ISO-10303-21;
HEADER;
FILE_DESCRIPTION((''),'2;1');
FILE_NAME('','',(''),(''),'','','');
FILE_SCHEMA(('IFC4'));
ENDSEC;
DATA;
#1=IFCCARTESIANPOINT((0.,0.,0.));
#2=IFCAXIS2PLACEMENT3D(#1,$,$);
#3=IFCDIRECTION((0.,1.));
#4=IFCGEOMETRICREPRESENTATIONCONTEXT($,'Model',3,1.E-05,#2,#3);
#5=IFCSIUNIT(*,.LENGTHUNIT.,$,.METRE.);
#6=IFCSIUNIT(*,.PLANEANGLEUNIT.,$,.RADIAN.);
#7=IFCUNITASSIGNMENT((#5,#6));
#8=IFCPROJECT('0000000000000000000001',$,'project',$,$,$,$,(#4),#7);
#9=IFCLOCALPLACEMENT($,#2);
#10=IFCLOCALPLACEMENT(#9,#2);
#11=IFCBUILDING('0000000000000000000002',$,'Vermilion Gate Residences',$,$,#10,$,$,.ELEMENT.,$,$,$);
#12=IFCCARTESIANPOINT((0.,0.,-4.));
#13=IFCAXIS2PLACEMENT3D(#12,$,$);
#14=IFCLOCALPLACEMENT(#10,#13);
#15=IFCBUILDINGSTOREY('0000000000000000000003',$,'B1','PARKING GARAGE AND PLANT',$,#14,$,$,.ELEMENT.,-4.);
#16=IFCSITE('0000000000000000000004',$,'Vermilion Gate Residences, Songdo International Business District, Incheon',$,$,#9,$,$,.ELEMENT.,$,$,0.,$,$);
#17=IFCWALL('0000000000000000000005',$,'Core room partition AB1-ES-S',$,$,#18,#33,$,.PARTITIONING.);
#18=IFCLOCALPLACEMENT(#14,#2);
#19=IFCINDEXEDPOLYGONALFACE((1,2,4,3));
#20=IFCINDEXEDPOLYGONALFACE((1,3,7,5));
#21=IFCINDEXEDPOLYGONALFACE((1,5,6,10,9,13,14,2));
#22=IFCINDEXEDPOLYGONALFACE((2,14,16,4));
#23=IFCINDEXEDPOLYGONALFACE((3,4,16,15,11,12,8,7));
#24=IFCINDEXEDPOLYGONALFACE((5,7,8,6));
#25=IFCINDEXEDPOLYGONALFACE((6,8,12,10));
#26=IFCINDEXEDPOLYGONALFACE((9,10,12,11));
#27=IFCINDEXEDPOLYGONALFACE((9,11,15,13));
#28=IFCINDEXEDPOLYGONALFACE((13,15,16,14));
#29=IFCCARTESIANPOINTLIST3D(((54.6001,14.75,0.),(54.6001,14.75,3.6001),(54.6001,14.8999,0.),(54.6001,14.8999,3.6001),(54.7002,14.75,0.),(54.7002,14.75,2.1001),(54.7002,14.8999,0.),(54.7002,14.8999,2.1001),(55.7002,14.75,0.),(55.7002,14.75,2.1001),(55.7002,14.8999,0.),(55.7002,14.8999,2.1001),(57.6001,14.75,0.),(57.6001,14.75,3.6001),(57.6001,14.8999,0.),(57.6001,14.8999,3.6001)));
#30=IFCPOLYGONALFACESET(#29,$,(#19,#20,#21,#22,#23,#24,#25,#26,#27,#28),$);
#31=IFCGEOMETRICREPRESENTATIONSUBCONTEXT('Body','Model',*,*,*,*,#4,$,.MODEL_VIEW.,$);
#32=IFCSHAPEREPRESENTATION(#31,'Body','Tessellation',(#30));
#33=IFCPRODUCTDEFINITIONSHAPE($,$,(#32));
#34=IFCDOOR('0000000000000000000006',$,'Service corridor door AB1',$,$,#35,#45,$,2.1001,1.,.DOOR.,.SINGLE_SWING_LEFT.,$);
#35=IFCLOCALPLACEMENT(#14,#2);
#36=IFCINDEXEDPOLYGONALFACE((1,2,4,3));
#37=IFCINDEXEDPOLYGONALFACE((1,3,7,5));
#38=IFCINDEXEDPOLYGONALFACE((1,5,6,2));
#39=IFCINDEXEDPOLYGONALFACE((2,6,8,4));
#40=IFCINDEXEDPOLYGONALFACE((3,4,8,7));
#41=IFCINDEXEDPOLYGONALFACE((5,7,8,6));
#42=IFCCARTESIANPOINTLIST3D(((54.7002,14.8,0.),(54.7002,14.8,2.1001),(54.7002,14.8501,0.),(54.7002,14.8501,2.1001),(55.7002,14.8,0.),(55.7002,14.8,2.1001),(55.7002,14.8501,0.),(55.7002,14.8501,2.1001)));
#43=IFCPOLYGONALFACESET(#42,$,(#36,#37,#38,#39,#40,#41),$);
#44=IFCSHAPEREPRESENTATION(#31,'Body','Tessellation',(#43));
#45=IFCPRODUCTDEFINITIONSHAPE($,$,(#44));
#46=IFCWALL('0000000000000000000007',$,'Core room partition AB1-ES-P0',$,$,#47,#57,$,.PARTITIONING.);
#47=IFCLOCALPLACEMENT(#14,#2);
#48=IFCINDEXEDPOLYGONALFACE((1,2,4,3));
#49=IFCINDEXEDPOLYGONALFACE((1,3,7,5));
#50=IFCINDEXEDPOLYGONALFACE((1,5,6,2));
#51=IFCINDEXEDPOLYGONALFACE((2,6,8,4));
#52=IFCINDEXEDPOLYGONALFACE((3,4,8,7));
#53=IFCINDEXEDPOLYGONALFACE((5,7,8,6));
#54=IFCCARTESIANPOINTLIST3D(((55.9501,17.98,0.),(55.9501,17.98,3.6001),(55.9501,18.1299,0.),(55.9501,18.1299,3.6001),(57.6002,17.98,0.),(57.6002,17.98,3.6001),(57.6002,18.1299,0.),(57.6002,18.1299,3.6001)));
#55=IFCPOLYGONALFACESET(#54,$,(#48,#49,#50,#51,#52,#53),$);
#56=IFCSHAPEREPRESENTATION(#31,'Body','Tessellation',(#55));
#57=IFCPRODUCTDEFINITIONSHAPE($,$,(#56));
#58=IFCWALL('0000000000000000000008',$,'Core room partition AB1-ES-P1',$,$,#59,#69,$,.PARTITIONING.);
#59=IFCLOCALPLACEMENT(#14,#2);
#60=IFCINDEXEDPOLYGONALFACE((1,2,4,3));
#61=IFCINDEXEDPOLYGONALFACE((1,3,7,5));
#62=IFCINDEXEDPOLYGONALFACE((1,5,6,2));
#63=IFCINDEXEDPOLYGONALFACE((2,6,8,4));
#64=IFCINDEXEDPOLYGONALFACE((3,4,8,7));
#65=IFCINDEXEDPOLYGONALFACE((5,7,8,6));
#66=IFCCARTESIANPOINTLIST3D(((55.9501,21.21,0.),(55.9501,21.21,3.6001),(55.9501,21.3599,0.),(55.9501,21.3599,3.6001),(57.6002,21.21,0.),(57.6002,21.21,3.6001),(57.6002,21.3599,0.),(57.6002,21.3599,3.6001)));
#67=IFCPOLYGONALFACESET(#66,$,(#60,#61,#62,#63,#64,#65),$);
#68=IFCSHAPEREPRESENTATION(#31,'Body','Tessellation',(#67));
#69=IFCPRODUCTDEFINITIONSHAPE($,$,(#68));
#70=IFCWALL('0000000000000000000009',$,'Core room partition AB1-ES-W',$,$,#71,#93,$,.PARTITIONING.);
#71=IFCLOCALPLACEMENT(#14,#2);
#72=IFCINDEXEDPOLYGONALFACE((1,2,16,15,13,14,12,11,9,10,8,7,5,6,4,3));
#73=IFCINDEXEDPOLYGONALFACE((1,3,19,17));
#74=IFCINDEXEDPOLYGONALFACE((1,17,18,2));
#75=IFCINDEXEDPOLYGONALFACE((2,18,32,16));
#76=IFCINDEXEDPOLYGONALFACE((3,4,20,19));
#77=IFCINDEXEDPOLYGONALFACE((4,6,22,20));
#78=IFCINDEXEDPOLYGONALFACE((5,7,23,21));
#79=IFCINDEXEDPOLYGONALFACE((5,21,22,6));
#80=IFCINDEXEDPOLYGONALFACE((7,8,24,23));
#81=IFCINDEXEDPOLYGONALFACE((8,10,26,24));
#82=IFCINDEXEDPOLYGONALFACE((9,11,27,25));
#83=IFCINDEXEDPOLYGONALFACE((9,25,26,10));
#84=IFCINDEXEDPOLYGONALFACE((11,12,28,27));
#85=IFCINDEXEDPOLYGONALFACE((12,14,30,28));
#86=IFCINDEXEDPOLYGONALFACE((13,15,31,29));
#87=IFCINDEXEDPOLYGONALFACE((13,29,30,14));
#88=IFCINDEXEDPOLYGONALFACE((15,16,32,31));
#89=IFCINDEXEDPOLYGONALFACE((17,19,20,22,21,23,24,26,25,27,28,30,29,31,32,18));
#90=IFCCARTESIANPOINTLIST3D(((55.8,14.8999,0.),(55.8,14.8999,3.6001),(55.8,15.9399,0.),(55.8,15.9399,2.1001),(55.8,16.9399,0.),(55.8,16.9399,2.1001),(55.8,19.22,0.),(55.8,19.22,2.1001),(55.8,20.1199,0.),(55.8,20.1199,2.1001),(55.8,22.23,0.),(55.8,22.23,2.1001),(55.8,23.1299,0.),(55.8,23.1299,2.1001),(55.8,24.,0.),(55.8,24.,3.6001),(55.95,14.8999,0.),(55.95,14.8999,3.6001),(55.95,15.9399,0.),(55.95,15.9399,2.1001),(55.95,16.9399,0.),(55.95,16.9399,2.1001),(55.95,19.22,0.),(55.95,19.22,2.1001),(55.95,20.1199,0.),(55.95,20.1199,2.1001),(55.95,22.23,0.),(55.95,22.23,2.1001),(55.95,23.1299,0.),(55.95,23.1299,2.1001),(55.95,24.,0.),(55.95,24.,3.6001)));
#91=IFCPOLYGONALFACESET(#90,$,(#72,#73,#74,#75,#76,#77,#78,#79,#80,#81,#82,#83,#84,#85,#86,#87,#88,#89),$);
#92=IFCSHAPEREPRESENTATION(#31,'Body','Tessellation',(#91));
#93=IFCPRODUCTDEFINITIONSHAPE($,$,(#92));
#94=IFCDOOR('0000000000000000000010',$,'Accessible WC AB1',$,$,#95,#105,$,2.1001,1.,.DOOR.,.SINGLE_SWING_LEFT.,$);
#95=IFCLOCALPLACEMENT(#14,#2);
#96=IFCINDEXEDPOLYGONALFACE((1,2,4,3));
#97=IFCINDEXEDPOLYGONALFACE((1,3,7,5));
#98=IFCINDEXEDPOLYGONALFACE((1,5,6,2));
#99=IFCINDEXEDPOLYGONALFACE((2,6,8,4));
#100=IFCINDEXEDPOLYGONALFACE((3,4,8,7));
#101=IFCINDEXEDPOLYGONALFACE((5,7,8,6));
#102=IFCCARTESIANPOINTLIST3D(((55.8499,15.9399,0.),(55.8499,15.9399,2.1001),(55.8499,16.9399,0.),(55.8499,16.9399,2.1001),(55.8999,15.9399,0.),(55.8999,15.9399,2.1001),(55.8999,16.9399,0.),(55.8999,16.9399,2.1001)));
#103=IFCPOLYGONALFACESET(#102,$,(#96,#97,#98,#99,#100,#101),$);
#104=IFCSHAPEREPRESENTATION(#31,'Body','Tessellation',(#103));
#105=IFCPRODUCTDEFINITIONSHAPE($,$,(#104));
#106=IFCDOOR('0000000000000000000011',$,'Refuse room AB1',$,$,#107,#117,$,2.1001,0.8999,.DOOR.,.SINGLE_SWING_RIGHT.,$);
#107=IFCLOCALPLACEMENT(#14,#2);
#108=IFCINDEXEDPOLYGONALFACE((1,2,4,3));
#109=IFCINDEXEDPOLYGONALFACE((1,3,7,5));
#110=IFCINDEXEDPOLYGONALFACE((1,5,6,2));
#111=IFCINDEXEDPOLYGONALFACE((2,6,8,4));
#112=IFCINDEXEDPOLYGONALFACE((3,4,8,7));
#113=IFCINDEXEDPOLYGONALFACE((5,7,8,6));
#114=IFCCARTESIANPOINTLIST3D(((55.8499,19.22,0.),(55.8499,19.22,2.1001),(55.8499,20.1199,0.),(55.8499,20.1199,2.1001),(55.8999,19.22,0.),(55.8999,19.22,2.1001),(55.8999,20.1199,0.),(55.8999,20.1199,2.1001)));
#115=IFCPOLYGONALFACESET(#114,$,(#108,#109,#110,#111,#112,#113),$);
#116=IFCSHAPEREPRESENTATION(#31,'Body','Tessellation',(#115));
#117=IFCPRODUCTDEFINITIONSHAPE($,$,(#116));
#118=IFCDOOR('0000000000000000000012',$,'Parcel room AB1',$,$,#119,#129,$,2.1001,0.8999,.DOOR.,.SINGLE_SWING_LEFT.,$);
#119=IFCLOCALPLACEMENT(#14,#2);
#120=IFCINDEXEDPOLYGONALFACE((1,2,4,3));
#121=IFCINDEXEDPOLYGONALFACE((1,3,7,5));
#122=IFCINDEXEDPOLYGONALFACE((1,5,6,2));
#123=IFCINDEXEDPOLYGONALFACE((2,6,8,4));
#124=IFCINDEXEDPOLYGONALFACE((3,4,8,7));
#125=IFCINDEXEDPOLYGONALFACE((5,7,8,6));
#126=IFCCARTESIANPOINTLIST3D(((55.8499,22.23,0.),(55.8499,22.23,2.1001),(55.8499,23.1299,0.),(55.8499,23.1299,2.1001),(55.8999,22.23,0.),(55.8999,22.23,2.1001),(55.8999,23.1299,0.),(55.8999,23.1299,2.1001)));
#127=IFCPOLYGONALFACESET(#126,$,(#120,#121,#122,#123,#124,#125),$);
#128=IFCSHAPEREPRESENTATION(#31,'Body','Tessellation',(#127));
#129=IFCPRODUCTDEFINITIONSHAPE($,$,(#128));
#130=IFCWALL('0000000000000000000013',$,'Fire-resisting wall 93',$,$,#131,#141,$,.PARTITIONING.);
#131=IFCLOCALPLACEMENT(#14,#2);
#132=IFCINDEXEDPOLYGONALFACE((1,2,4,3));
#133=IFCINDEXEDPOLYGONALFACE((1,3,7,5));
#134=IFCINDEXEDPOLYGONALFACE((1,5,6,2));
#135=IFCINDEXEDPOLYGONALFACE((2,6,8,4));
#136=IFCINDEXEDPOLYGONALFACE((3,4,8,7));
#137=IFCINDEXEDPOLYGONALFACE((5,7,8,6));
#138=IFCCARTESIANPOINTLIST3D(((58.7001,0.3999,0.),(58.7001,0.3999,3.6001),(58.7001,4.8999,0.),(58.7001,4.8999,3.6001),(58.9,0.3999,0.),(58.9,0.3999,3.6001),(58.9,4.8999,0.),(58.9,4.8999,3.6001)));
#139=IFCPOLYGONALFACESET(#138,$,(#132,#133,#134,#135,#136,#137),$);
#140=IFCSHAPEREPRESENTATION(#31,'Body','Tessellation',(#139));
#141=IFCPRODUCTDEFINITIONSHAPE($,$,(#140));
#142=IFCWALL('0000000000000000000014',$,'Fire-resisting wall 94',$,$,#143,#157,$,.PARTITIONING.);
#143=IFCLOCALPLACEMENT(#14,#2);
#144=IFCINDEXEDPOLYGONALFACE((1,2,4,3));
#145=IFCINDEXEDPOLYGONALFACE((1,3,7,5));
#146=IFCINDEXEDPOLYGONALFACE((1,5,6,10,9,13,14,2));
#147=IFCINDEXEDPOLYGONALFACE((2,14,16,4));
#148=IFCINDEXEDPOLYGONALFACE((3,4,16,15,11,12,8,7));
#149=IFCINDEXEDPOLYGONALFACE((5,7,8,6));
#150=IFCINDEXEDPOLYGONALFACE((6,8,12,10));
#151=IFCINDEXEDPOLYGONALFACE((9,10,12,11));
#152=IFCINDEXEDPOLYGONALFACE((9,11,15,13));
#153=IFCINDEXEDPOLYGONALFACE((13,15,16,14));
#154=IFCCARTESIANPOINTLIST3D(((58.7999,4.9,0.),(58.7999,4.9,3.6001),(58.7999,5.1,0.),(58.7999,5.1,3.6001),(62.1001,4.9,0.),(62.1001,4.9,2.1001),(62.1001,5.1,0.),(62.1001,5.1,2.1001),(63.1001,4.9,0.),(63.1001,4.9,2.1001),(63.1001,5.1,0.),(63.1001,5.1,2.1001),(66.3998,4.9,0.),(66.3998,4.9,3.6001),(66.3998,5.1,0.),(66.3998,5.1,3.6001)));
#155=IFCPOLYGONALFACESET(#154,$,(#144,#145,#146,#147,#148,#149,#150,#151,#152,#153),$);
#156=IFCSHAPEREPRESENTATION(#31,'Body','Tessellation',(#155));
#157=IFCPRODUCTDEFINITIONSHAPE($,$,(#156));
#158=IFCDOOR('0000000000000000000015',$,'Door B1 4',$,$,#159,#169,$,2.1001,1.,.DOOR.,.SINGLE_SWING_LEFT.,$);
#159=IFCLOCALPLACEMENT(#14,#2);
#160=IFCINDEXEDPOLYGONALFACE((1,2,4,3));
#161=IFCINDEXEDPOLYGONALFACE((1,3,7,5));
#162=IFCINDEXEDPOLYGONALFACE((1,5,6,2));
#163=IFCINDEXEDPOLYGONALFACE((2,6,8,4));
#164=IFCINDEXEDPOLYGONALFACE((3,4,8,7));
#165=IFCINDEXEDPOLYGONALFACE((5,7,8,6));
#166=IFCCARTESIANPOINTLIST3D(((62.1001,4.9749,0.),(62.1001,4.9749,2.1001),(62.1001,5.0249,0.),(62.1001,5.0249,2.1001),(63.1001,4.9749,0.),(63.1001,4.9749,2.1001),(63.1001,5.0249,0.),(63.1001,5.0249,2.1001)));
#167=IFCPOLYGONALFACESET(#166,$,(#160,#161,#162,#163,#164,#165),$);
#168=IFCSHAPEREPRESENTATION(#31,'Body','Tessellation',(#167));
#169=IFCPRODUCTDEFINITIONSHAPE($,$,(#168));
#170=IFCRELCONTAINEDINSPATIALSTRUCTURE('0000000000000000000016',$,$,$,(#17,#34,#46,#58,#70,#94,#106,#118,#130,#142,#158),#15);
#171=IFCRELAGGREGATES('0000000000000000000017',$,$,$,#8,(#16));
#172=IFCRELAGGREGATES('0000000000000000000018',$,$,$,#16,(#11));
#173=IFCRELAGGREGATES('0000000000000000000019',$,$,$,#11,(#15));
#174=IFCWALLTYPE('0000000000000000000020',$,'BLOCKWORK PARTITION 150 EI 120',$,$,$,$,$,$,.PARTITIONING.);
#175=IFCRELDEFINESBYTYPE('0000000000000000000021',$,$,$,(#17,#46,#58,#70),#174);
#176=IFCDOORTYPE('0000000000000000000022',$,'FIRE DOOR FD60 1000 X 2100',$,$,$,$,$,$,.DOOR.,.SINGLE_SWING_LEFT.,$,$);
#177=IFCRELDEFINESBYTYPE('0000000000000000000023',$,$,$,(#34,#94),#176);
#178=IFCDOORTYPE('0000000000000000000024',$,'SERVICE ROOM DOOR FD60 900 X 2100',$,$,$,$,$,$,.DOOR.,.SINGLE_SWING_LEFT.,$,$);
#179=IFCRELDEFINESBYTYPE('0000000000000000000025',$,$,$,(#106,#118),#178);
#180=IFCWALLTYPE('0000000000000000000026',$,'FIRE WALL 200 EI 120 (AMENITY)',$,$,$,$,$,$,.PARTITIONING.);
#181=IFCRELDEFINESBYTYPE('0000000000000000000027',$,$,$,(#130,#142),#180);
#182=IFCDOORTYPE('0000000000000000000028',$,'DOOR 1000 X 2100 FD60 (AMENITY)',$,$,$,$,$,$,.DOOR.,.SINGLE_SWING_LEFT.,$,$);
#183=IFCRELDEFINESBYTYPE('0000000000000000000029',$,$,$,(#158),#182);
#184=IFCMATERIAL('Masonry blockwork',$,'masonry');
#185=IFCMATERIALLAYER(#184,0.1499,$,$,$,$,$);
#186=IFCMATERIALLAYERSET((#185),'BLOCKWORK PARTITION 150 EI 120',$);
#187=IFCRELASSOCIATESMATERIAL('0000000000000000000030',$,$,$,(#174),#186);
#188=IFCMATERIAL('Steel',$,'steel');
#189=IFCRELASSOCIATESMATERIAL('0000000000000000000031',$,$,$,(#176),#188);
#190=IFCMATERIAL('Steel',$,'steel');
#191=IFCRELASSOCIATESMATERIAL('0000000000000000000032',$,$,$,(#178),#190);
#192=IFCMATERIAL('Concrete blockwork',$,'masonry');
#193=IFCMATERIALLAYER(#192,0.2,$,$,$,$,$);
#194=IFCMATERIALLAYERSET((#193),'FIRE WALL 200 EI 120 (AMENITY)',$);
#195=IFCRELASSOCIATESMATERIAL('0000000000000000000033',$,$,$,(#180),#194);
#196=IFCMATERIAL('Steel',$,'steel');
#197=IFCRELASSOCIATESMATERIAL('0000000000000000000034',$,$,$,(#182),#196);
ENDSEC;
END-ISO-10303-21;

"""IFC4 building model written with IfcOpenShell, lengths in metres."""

from ifc_helpers import new_model, si_unit, direction, frame, frame_2d, origin, place, context, subcontext, project, spatial, rectangle, extrude, material, layer, layer_set, type_object, element, fill, save


model = new_model("IFC4")

# Units and contexts
model_context = context("Model", 3, precision=1e-05, world=origin(), true_north=direction((0.0, 1.0)))
body_context = subcontext(model_context, "Body", "Model", "MODEL_VIEW")
ifc_project = project(units=[si_unit("LENGTHUNIT", "METRE"), si_unit("PLANEANGLEUNIT", "RADIAN")], contexts=[model_context])

# Site, building, storey
site_placement = place(None, origin())
site = spatial("IfcSite", under=ifc_project, at=site_placement, Name="Vermilion Gate Residences, Songdo International Business District, Incheon", CompositionType="ELEMENT", RefElevation=0.0)
building_placement = place(site_placement, origin())
building = spatial("IfcBuilding", under=site, at=building_placement, Name="Vermilion Gate Residences", CompositionType="ELEMENT")
storey_placement = place(building_placement, frame((0.0, 0.0, -4.0)))
storey = spatial("IfcBuildingStorey", under=building, at=storey_placement, Name="B1", Description="PARKING GARAGE AND PLANT", CompositionType="ELEMENT", Elevation=-4.0)

# Wall, opening, door
ifc_material_1 = material(Name="Masonry blockwork", Category="masonry")
ifc_layer_1 = layer(ifc_material_1, 0.1499)
ifc_layer_set_1 = layer_set([ifc_layer_1], Name="BLOCKWORK PARTITION 150 EI 120")
wall_type_1 = type_object("IfcWallType", Name="BLOCKWORK PARTITION 150 EI 120", PredefinedType="PARTITIONING", material=ifc_layer_set_1)
wall_1_placement = place(storey_placement, frame((54.6001, 14.825, 0.0), z_axis=(0.0, 0.0, 1.0), x_axis=(1.0, 0.0, 0.0)))
wall_1 = element("IfcWall", 1, at=wall_1_placement, inside=storey, type_object=wall_type_1, Name="Core room partition AB1-ES-S", PredefinedType="PARTITIONING", context=body_context, shape_type="SweptSolid", body=[
    extrude(rectangle(XDim=3.0, YDim=0.1499, at=frame_2d((1.5, 0.0))), origin(), (0.0, 0.0, 1.0), 3.6001),
])
opening_1_placement = place(wall_1_placement, frame((0.1001, 0.0, 0.0)))
opening_1 = element("IfcOpeningElement", 2, at=opening_1_placement, cuts=wall_1, PredefinedType="OPENING", context=body_context, shape_type="SweptSolid", body=[
    extrude(rectangle(XDim=1.0, YDim=2.1001, at=frame_2d((0.5, 1.05))), frame((0.0, 0.085, 0.0), z_axis=(0.0, -1.0, 0.0), x_axis=(1.0, 0.0, 0.0)), (0.0, 0.0, 1.0), 0.1699),
])
ifc_material_2 = material(Name="Steel", Category="steel")
door_type_1 = type_object("IfcDoorType", Name="FIRE DOOR FD60 1000 X 2100", OperationType="SINGLE_SWING_LEFT", PredefinedType="DOOR", material=ifc_material_2)
door_1_placement = place(opening_1_placement, frame((1.0, 0.0, 0.0), z_axis=(0.0, 0.0, 1.0), x_axis=(-1.0, 0.0, 0.0)))
door_1 = element("IfcDoor", 3, at=door_1_placement, inside=storey, type_object=door_type_1, Name="Service corridor door AB1", OperationType="SINGLE_SWING_LEFT", OverallHeight=2.1001, OverallWidth=1.0, PredefinedType="DOOR", context=body_context, shape_type="SweptSolid", body=[
    extrude(rectangle(XDim=1.0, YDim=2.1001, at=frame_2d((0.5, 1.05))), frame((0.0, 0.0249, 0.0), z_axis=(0.0, -1.0, 0.0), x_axis=(1.0, 0.0, 0.0)), (0.0, 0.0, 1.0), 0.05),
])
fill(opening_1, door_1)

# Walls
for number, where, z_axis, x_axis, name in (
    (4, (55.95, 18.0549, 0.0), (0.0, 0.0, 1.0), (1.0, 0.0, 0.0), "Core room partition AB1-ES-P0"),
    (5, (55.95, 21.2849, 0.0), (0.0, 0.0, 1.0), (1.0, 0.0, 0.0), "Core room partition AB1-ES-P1"),
):
    element("IfcWall", number, at=place(storey_placement, frame(where, z_axis=z_axis, x_axis=x_axis)), inside=storey, type_object=wall_type_1, Name=name, PredefinedType="PARTITIONING", context=body_context, shape_type="SweptSolid", body=[
        extrude(rectangle(XDim=1.6501, YDim=0.1499, at=frame_2d((0.8252, 0.0))), origin(), (0.0, 0.0, 1.0), 3.6001),
    ])

# Wall, openings, doors
wall_2_placement = place(storey_placement, frame((55.875, 14.8999, 0.0), z_axis=(0.0, 0.0, 1.0), x_axis=(0.0, 1.0, 0.0)))
wall_2 = element("IfcWall", 6, at=wall_2_placement, inside=storey, type_object=wall_type_1, Name="Core room partition AB1-ES-W", PredefinedType="PARTITIONING", context=body_context, shape_type="SweptSolid", body=[
    extrude(rectangle(XDim=9.1001, YDim=0.1499, at=frame_2d((4.55, 0.0))), origin(), (0.0, 0.0, 1.0), 3.6001),
])
opening_2_placement = place(wall_2_placement, frame((1.04, 0.0, 0.0)))
opening_2 = element("IfcOpeningElement", 7, at=opening_2_placement, cuts=wall_2, PredefinedType="OPENING", context=body_context, shape_type="SweptSolid", body=[
    extrude(rectangle(XDim=1.0, YDim=2.1001, at=frame_2d((0.5, 1.05))), frame((0.0, 0.085, 0.0), z_axis=(0.0, -1.0, 0.0), x_axis=(1.0, 0.0, 0.0)), (0.0, 0.0, 1.0), 0.1699),
])
opening_3_placement = place(wall_2_placement, frame((4.3201, 0.0, 0.0)))
opening_3 = element("IfcOpeningElement", 8, at=opening_3_placement, cuts=wall_2, PredefinedType="OPENING", context=body_context, shape_type="SweptSolid", body=[
    extrude(rectangle(XDim=0.8999, YDim=2.1001, at=frame_2d((0.45, 1.05))), frame((0.0, 0.085, 0.0), z_axis=(0.0, -1.0, 0.0), x_axis=(1.0, 0.0, 0.0)), (0.0, 0.0, 1.0), 0.1699),
])
opening_4_placement = place(wall_2_placement, frame((7.3301, 0.0, 0.0)))
opening_4 = element("IfcOpeningElement", 9, at=opening_4_placement, cuts=wall_2, PredefinedType="OPENING", context=body_context, shape_type="SweptSolid", body=[
    extrude(rectangle(XDim=0.8999, YDim=2.1001, at=frame_2d((0.45, 1.05))), frame((0.0, 0.085, 0.0), z_axis=(0.0, -1.0, 0.0), x_axis=(1.0, 0.0, 0.0)), (0.0, 0.0, 1.0), 0.1699),
])
door_2_placement = place(opening_2_placement, frame((1.0, 0.0, 0.0), z_axis=(0.0, 0.0, 1.0), x_axis=(-1.0, 0.0, 0.0)))
door_2 = element("IfcDoor", 10, at=door_2_placement, inside=storey, type_object=door_type_1, Name="Accessible WC AB1", OperationType="SINGLE_SWING_LEFT", OverallHeight=2.1001, OverallWidth=1.0, PredefinedType="DOOR", context=body_context, shape_type="SweptSolid", body=[
    extrude(rectangle(XDim=1.0, YDim=2.1001, at=frame_2d((0.5, 1.05))), frame((0.0, 0.0249, 0.0), z_axis=(0.0, -1.0, 0.0), x_axis=(1.0, 0.0, 0.0)), (0.0, 0.0, 1.0), 0.05),
])
fill(opening_2, door_2)
ifc_material_3 = material(Name="Steel", Category="steel")
door_type_2 = type_object("IfcDoorType", Name="SERVICE ROOM DOOR FD60 900 X 2100", OperationType="SINGLE_SWING_LEFT", PredefinedType="DOOR", material=ifc_material_3)
door_3_placement = place(opening_3_placement, frame((0.8999, 0.0, 0.0), z_axis=(0.0, 0.0, 1.0), x_axis=(-1.0, 0.0, 0.0)))
door_3 = element("IfcDoor", 11, at=door_3_placement, inside=storey, type_object=door_type_2, Name="Refuse room AB1", OperationType="SINGLE_SWING_RIGHT", OverallHeight=2.1001, OverallWidth=0.8999, PredefinedType="DOOR", context=body_context, shape_type="SweptSolid", body=[
    extrude(rectangle(XDim=0.8999, YDim=2.1001, at=frame_2d((0.45, 1.05))), frame((0.0, 0.0249, 0.0), z_axis=(0.0, -1.0, 0.0), x_axis=(1.0, 0.0, 0.0)), (0.0, 0.0, 1.0), 0.05),
])
fill(opening_3, door_3)
door_4_placement = place(opening_4_placement, frame((0.8999, 0.0, 0.0), z_axis=(0.0, 0.0, 1.0), x_axis=(-1.0, 0.0, 0.0)))
door_4 = element("IfcDoor", 12, at=door_4_placement, inside=storey, type_object=door_type_2, Name="Parcel room AB1", OperationType="SINGLE_SWING_LEFT", OverallHeight=2.1001, OverallWidth=0.8999, PredefinedType="DOOR", context=body_context, shape_type="SweptSolid", body=[
    extrude(rectangle(XDim=0.8999, YDim=2.1001, at=frame_2d((0.45, 1.05))), frame((0.0, 0.0249, 0.0), z_axis=(0.0, -1.0, 0.0), x_axis=(1.0, 0.0, 0.0)), (0.0, 0.0, 1.0), 0.05),
])
fill(opening_4, door_4)

# Wall
ifc_material_4 = material(Name="Concrete blockwork", Category="masonry")
ifc_layer_2 = layer(ifc_material_4, 0.2)
ifc_layer_set_2 = layer_set([ifc_layer_2], Name="FIRE WALL 200 EI 120 (AMENITY)")
wall_type_2 = type_object("IfcWallType", Name="FIRE WALL 200 EI 120 (AMENITY)", PredefinedType="PARTITIONING", material=ifc_layer_set_2)
wall_3_placement = place(storey_placement, frame((58.8, 0.3999, 0.0), z_axis=(0.0, 0.0, 1.0), x_axis=(0.0, 1.0, 0.0)))
element("IfcWall", 13, at=wall_3_placement, inside=storey, type_object=wall_type_2, Name="Fire-resisting wall 93", PredefinedType="PARTITIONING", context=body_context, shape_type="SweptSolid", body=[
    extrude(rectangle(XDim=4.5, YDim=0.2, at=frame_2d((2.25, 0.0))), origin(), (0.0, 0.0, 1.0), 3.6001),
])

# Wall, opening, door
wall_4_placement = place(storey_placement, frame((58.8, 5.0, 0.0), z_axis=(0.0, 0.0, 1.0), x_axis=(1.0, 0.0, 0.0)))
wall_4 = element("IfcWall", 14, at=wall_4_placement, inside=storey, type_object=wall_type_2, Name="Fire-resisting wall 94", PredefinedType="PARTITIONING", context=body_context, shape_type="SweptSolid", body=[
    extrude(rectangle(XDim=7.5999, YDim=0.2, at=frame_2d((3.7998, 0.0))), origin(), (0.0, 0.0, 1.0), 3.6001),
])
opening_5_placement = place(wall_4_placement, frame((3.3, 0.0, 0.0)))
opening_5 = element("IfcOpeningElement", 15, at=opening_5_placement, cuts=wall_4, PredefinedType="OPENING", context=body_context, shape_type="SweptSolid", body=[
    extrude(rectangle(XDim=1.0, YDim=2.1001, at=frame_2d((0.5, 1.05))), frame((0.0, 0.1099, 0.0), z_axis=(0.0, -1.0, 0.0), x_axis=(1.0, 0.0, 0.0)), (0.0, 0.0, 1.0), 0.22),
])
ifc_material_5 = material(Name="Steel", Category="steel")
door_type_3 = type_object("IfcDoorType", Name="DOOR 1000 X 2100 FD60 (AMENITY)", OperationType="SINGLE_SWING_LEFT", PredefinedType="DOOR", material=ifc_material_5)
door_5_placement = place(opening_5_placement, origin())
door_5 = element("IfcDoor", 16, at=door_5_placement, inside=storey, type_object=door_type_3, Name="Door B1 4", OperationType="SINGLE_SWING_LEFT", OverallHeight=2.1001, OverallWidth=1.0, PredefinedType="DOOR", context=body_context, shape_type="SweptSolid", body=[
    extrude(rectangle(XDim=1.0, YDim=2.1001, at=frame_2d((0.5, 1.05))), frame((0.0, 0.0249, 0.0), z_axis=(0.0, -1.0, 0.0), x_axis=(1.0, 0.0, 0.0)), (0.0, 0.0, 1.0), 0.05),
])
fill(opening_5, door_5)

save(model, "model.ifc")
